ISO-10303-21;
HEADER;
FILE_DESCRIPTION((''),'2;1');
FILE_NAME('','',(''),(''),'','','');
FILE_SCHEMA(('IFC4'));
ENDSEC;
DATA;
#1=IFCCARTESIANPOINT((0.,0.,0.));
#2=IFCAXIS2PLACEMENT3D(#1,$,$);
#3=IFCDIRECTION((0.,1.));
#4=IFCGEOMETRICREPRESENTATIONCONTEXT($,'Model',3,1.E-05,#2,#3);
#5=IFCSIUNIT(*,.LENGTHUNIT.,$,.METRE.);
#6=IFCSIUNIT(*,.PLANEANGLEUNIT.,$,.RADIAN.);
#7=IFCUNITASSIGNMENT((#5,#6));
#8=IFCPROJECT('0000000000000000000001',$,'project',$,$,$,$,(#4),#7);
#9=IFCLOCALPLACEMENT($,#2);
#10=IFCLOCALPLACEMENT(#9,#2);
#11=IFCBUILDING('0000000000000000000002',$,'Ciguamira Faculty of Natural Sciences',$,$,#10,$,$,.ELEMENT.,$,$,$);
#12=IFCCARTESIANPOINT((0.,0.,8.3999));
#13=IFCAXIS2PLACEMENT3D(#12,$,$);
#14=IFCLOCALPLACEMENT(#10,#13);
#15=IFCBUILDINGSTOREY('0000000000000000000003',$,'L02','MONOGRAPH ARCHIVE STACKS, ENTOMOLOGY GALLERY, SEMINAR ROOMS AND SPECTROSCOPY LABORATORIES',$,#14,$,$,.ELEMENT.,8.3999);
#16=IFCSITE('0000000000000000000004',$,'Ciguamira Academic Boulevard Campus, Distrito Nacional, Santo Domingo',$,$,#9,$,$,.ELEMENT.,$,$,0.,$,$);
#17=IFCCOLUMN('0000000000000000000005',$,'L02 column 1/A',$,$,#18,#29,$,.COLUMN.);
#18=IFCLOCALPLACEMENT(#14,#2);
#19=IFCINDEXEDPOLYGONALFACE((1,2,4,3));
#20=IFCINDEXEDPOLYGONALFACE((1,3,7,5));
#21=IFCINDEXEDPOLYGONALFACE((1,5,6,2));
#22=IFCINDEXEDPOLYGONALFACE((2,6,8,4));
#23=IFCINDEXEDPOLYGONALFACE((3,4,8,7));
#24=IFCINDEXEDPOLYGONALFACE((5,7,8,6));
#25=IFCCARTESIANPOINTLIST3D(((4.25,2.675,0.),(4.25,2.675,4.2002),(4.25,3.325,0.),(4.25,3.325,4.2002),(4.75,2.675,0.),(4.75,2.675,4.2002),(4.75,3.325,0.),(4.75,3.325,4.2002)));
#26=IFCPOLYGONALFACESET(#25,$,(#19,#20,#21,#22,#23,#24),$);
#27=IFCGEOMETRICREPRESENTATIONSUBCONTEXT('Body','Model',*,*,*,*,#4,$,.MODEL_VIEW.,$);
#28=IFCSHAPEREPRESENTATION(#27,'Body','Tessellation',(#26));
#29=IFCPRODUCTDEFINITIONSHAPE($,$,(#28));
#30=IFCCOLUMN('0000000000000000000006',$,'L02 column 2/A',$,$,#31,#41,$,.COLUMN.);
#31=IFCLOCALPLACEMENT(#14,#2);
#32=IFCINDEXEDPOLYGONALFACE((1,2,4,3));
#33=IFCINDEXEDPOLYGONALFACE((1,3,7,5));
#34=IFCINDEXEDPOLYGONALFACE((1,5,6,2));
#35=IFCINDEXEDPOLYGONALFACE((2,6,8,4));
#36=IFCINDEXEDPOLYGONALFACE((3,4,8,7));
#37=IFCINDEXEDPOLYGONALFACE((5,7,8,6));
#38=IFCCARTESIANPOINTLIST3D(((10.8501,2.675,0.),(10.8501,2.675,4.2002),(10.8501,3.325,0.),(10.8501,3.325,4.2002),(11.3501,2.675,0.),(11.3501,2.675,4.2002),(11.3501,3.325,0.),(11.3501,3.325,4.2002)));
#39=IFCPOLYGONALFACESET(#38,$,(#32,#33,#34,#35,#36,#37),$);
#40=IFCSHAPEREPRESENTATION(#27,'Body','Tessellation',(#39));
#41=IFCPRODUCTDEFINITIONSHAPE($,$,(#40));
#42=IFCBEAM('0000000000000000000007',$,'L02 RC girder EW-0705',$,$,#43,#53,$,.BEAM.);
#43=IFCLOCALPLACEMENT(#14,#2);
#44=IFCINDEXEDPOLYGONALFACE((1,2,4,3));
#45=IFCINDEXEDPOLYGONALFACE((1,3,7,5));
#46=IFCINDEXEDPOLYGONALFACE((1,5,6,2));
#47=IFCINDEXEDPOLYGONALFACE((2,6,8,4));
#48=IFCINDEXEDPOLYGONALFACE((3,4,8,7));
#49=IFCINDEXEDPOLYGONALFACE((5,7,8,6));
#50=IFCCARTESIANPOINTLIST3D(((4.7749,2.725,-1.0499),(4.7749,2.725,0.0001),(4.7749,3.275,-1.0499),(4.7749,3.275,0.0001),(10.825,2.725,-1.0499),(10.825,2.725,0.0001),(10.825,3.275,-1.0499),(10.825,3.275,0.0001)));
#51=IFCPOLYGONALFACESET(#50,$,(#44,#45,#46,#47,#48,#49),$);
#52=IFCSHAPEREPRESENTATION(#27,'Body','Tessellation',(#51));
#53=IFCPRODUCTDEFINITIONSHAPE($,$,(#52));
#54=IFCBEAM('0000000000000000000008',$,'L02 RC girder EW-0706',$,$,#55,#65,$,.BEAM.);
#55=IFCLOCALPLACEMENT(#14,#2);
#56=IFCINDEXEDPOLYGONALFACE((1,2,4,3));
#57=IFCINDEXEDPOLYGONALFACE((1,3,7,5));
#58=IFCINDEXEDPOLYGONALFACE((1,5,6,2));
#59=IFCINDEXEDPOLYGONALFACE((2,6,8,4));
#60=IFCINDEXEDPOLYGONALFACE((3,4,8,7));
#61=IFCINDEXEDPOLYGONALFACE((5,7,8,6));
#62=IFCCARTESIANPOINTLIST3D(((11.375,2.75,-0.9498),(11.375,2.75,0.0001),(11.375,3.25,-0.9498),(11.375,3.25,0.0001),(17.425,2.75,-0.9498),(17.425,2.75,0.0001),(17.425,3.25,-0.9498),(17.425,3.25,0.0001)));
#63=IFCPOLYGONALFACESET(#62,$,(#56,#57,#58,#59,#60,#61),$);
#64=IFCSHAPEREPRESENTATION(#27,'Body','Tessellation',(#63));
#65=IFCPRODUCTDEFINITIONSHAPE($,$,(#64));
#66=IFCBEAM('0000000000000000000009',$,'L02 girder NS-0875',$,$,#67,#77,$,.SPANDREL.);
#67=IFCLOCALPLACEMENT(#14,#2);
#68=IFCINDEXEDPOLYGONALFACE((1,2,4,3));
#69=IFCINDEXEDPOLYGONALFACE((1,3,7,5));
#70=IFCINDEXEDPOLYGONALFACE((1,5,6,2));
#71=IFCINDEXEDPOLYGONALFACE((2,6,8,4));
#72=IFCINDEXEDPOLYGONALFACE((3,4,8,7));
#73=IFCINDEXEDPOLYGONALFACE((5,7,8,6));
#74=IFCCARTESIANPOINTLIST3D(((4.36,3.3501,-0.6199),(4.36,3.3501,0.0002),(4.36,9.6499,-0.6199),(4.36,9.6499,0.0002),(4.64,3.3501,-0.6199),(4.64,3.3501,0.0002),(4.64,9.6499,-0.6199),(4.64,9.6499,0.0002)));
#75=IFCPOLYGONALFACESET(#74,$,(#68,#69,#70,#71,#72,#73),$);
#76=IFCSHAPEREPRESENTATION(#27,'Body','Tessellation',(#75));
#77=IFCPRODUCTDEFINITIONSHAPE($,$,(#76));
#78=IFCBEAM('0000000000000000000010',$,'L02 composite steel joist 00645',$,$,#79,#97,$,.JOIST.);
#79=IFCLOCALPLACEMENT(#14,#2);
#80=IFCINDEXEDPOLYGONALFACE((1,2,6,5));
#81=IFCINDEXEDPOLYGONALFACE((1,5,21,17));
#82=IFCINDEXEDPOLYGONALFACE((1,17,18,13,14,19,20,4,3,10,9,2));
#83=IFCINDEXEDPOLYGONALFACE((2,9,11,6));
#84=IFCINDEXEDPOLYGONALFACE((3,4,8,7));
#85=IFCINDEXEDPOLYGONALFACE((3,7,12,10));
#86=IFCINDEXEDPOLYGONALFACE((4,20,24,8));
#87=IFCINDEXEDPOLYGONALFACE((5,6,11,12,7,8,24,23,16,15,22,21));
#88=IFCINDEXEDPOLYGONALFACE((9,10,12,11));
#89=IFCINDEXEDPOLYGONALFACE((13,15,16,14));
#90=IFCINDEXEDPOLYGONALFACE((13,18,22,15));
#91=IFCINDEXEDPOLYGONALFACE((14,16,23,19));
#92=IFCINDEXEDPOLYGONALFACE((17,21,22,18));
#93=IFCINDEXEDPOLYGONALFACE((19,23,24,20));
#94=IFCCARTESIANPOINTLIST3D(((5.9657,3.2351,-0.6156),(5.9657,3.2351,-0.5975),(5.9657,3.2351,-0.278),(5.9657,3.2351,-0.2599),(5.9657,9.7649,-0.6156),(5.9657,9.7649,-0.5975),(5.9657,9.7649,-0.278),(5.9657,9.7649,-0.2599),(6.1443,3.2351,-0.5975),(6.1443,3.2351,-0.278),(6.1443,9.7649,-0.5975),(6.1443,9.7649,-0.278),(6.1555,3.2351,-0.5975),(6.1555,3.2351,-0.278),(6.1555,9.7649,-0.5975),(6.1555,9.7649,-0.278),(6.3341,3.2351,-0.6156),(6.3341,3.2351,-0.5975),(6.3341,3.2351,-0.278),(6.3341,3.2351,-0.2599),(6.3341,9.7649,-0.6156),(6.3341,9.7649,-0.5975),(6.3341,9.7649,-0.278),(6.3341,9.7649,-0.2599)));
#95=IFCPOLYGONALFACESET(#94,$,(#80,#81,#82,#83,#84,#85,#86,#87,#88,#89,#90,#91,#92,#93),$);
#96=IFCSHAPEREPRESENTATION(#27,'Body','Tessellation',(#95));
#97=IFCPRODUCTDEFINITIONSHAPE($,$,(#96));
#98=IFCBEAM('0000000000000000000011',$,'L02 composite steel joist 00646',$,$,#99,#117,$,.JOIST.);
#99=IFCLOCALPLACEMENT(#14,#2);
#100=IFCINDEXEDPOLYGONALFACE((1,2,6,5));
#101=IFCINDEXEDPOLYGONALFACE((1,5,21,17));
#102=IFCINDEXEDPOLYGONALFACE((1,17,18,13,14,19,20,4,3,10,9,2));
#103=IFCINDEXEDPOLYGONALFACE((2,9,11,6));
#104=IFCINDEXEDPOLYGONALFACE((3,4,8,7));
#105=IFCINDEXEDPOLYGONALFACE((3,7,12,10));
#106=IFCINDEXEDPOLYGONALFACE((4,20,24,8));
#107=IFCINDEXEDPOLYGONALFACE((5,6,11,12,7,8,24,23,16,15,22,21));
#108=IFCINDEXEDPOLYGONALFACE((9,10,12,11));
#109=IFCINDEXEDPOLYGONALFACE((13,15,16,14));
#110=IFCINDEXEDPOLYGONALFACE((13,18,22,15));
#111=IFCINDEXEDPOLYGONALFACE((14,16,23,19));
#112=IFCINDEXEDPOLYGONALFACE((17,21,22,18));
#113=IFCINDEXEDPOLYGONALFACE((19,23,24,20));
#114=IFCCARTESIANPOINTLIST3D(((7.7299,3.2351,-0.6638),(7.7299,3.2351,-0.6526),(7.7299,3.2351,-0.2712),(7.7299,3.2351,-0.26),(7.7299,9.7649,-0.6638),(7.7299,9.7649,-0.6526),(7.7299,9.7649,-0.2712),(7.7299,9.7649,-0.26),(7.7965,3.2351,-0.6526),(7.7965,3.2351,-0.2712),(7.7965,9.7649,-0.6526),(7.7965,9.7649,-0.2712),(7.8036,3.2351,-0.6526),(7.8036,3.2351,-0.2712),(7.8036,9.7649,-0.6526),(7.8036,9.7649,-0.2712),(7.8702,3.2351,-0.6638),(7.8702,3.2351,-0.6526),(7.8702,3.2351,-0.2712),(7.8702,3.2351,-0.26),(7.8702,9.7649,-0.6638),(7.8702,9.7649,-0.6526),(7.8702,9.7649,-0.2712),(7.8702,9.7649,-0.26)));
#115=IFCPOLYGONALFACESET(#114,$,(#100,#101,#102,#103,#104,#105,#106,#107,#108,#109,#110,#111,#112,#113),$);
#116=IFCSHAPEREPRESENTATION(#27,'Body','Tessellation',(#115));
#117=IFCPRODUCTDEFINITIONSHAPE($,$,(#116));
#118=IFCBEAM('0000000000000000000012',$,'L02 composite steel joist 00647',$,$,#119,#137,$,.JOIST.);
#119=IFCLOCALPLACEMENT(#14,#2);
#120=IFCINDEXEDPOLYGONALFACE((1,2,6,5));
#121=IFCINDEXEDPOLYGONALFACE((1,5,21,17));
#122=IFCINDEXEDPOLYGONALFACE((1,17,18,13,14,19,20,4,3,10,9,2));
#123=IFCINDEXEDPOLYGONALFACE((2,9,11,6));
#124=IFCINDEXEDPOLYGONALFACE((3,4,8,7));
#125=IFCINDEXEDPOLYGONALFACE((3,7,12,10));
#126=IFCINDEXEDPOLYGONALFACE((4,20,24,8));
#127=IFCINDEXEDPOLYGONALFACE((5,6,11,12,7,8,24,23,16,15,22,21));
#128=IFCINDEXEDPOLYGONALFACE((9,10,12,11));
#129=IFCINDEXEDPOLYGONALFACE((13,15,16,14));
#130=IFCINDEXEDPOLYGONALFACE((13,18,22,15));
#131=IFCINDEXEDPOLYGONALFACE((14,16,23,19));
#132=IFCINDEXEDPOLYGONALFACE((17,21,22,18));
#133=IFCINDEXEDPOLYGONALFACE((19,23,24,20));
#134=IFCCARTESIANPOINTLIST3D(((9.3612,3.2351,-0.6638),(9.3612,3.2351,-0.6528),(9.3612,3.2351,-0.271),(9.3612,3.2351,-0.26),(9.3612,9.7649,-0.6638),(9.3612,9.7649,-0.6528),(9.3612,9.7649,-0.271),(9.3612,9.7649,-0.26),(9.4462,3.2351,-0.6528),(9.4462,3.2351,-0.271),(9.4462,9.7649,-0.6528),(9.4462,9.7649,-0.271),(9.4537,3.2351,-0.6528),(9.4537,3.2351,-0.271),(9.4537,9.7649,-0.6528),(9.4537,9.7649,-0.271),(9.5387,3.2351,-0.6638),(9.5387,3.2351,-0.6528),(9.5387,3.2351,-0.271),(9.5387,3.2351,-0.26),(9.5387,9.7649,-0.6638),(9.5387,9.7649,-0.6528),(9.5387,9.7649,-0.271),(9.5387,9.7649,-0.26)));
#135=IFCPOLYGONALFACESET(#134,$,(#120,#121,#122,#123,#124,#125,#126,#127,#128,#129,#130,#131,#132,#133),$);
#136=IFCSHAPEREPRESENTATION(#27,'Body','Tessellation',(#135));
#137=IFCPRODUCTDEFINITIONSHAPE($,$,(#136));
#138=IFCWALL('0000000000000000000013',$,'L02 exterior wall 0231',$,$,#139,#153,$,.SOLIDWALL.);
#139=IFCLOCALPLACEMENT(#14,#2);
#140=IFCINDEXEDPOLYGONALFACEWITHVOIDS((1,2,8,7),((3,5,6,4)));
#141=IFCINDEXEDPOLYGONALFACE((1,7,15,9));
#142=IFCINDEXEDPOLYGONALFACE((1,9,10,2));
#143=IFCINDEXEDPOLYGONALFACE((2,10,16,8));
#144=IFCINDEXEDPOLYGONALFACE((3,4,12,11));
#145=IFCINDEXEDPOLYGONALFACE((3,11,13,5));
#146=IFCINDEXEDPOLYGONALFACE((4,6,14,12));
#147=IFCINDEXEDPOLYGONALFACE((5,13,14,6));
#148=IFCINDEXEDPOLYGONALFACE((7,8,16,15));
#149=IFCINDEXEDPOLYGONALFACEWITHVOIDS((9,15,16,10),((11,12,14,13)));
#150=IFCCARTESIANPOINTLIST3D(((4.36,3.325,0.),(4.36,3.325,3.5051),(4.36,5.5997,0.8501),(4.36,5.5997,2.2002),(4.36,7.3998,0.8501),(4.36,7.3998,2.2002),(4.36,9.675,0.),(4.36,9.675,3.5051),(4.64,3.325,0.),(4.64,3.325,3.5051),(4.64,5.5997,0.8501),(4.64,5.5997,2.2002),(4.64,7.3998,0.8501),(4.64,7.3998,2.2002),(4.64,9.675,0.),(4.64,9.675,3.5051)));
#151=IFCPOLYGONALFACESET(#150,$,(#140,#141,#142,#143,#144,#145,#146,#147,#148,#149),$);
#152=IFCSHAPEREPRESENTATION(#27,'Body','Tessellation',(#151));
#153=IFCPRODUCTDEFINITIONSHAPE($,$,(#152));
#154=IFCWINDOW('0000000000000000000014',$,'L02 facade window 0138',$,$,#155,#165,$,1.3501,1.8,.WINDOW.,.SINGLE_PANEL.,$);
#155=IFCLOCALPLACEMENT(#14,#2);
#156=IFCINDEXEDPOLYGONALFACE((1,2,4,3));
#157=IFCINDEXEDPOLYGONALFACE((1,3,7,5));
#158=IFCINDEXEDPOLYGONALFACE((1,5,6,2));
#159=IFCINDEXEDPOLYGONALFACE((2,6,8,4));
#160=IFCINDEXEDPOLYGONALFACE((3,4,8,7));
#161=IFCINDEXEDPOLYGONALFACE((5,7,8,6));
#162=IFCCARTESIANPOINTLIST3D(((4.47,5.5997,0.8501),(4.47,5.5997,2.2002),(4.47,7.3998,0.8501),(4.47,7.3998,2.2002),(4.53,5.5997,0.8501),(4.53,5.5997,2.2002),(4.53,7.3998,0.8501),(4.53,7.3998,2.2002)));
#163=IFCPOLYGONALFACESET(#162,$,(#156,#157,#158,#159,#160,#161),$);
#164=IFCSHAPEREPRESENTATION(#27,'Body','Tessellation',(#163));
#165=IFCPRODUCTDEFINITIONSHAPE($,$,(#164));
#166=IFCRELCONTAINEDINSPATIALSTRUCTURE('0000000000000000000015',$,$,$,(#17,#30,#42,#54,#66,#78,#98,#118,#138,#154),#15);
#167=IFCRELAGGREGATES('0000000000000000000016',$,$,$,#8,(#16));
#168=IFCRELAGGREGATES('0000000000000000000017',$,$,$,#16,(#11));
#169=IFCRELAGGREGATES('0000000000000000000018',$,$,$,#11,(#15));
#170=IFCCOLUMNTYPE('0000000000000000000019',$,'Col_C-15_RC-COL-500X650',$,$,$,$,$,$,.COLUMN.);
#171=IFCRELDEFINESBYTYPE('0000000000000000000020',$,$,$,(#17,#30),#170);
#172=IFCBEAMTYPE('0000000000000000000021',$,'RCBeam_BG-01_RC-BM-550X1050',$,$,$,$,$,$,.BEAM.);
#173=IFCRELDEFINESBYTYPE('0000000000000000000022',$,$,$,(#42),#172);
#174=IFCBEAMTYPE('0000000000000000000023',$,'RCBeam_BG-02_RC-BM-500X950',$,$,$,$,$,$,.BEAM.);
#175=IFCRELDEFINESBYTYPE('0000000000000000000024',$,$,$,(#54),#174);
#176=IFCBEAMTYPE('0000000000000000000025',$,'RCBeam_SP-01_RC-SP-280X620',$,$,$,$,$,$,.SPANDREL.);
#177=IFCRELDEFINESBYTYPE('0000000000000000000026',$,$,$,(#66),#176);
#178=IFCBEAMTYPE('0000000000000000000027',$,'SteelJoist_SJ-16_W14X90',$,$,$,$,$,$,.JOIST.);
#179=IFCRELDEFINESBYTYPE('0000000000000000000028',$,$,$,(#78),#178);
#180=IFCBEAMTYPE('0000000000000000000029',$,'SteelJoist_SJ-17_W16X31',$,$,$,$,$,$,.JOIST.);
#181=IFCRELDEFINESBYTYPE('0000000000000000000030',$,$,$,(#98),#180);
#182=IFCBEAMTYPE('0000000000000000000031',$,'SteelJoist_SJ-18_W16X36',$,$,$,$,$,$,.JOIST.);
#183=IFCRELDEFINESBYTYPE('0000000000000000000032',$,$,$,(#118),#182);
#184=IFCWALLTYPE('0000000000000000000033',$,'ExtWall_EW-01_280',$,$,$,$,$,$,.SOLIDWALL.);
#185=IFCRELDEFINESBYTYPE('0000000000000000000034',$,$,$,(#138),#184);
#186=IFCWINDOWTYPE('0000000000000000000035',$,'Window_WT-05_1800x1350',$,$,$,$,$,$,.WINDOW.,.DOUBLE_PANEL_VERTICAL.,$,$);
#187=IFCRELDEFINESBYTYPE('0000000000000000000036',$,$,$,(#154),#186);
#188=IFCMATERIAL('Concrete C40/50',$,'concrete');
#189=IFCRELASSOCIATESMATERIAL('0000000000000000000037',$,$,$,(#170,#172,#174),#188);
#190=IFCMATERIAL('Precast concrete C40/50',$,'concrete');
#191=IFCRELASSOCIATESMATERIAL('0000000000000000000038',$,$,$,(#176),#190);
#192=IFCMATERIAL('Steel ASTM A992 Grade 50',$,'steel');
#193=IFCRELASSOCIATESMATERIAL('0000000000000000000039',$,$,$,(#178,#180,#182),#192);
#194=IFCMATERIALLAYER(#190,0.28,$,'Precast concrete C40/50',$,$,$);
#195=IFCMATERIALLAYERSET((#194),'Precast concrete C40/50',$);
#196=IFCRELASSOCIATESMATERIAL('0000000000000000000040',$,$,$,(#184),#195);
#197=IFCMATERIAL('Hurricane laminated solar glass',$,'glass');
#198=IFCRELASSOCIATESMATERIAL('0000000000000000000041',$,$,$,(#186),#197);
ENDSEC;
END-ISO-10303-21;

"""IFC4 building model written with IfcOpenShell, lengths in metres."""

from ifc_helpers import new_model, si_unit, direction, frame, frame_2d, origin, origin_2d, place, context, subcontext, project, spatial, rectangle, i_section, extrude, material, layer, layer_set, material_profile, profile_set, type_object, element, fill, save


model = new_model("IFC4")

# Units and contexts
model_context = context("Model", 3, precision=1e-05, world=origin(), true_north=direction((0.0, 1.0)))
body_context = subcontext(model_context, "Body", "Model", "MODEL_VIEW")
ifc_project = project(units=[si_unit("LENGTHUNIT", "METRE"), si_unit("PLANEANGLEUNIT", "RADIAN")], contexts=[model_context])

# Site, building, storey
site_placement = place(None, origin())
site = spatial("IfcSite", under=ifc_project, at=site_placement, Name="Ciguamira Academic Boulevard Campus, Distrito Nacional, Santo Domingo", CompositionType="ELEMENT", RefElevation=0.0)
building_placement = place(site_placement, origin())
building = spatial("IfcBuilding", under=site, at=building_placement, Name="Ciguamira Faculty of Natural Sciences", CompositionType="ELEMENT")
storey_placement = place(building_placement, frame((0.0, 0.0, 8.3999)))
storey = spatial("IfcBuildingStorey", under=building, at=storey_placement, Name="L02", Description="MONOGRAPH ARCHIVE STACKS, ENTOMOLOGY GALLERY, SEMINAR ROOMS AND SPECTROSCOPY LABORATORIES", CompositionType="ELEMENT", Elevation=8.3999)

# Columns
ifc_material_1 = material(Name="Concrete C40/50", Category="concrete")
ifc_material_profile_1 = material_profile(ifc_material_1, rectangle(XDim=0.5, YDim=0.6499, at=origin_2d()), Name="RC-COL-500X650")
ifc_profile_set_1 = profile_set([ifc_material_profile_1], Name="Concrete C40/50")
column_type = type_object("IfcColumnType", Name="Col_C-15_RC-COL-500X650", PredefinedType="COLUMN", material=ifc_profile_set_1)
for number, where, z_axis, x_axis, name in (
    (1, (4.5, 3.0, 0.0), (0.0, 0.0, 1.0), (1.0, 0.0, 0.0), "L02 column 1/A"),
    (2, (11.1001, 3.0, 0.0), (0.0, 0.0, 1.0), (1.0, 0.0, 0.0), "L02 column 2/A"),
):
    element("IfcColumn", number, at=place(storey_placement, frame(where, z_axis=z_axis, x_axis=x_axis)), inside=storey, type_object=column_type, Name=name, PredefinedType="COLUMN", context=body_context, shape_type="SweptSolid", body=[
        extrude(rectangle(XDim=0.5, YDim=0.6499, at=origin_2d()), origin(), (0.0, 0.0, 1.0), 4.2002),
    ])

# Beams
ifc_material_profile_2 = material_profile(ifc_material_1, rectangle(XDim=0.55, YDim=1.05, at=origin_2d()), Name="RC-BM-550X1050")
ifc_profile_set_2 = profile_set([ifc_material_profile_2], Name="Concrete C40/50")
beam_type_1 = type_object("IfcBeamType", Name="RCBeam_BG-01_RC-BM-550X1050", PredefinedType="BEAM", material=ifc_profile_set_2)
beam_1_placement = place(storey_placement, frame((4.7749, 3.0, -0.5249), z_axis=(1.0, 0.0, 0.0), x_axis=(0.0, 1.0, 0.0)))
element("IfcBeam", 3, at=beam_1_placement, inside=storey, type_object=beam_type_1, Name="L02 RC girder EW-0705", PredefinedType="BEAM", context=body_context, shape_type="SweptSolid", body=[
    extrude(rectangle(XDim=0.55, YDim=1.05, at=origin_2d()), origin(), (0.0, 0.0, 1.0), 6.05),
])
ifc_material_profile_3 = material_profile(ifc_material_1, rectangle(XDim=0.5, YDim=0.95, at=origin_2d()), Name="RC-BM-500X950")
ifc_profile_set_3 = profile_set([ifc_material_profile_3], Name="Concrete C40/50")
beam_type_2 = type_object("IfcBeamType", Name="RCBeam_BG-02_RC-BM-500X950", PredefinedType="BEAM", material=ifc_profile_set_3)
beam_2_placement = place(storey_placement, frame((11.375, 3.0, -0.4749), z_axis=(1.0, 0.0, 0.0), x_axis=(0.0, 1.0, 0.0)))
element("IfcBeam", 4, at=beam_2_placement, inside=storey, type_object=beam_type_2, Name="L02 RC girder EW-0706", PredefinedType="BEAM", context=body_context, shape_type="SweptSolid", body=[
    extrude(rectangle(XDim=0.5, YDim=0.95, at=origin_2d()), origin(), (0.0, 0.0, 1.0), 6.05),
])
ifc_material_2 = material(Name="Precast concrete C40/50", Category="concrete")
ifc_material_profile_4 = material_profile(ifc_material_2, rectangle(XDim=0.28, YDim=0.6201, at=origin_2d()), Name="RC-SP-280X620")
ifc_profile_set_4 = profile_set([ifc_material_profile_4], Name="Precast concrete C40/50")
beam_type_3 = type_object("IfcBeamType", Name="RCBeam_SP-01_RC-SP-280X620", PredefinedType="SPANDREL", material=ifc_profile_set_4)
beam_3_placement = place(storey_placement, frame((4.5, 3.3501, -0.3098), z_axis=(0.0, 1.0, 0.0), x_axis=(-1.0, 0.0, 0.0)))
element("IfcBeam", 5, at=beam_3_placement, inside=storey, type_object=beam_type_3, Name="L02 girder NS-0875", PredefinedType="SPANDREL", context=body_context, shape_type="SweptSolid", body=[
    extrude(rectangle(XDim=0.28, YDim=0.6201, at=origin_2d()), origin(), (0.0, 0.0, 1.0), 6.2998),
])
ifc_material_3 = material(Name="Steel ASTM A992 Grade 50", Category="steel")
ifc_material_profile_5 = material_profile(ifc_material_3, i_section(OverallWidth=0.3684, OverallDepth=0.3557, WebThickness=0.0112, FlangeThickness=0.0181, at=origin_2d()), Name="W14X90")
ifc_profile_set_5 = profile_set([ifc_material_profile_5], Name="Steel ASTM A992 Grade 50")
beam_type_4 = type_object("IfcBeamType", Name="SteelJoist_SJ-16_W14X90", PredefinedType="JOIST", material=ifc_profile_set_5)
beam_4_placement = place(storey_placement, frame((6.1499, 3.2351, -0.4377), z_axis=(0.0, 1.0, 0.0), x_axis=(-1.0, 0.0, 0.0)))
element("IfcBeam", 6, at=beam_4_placement, inside=storey, type_object=beam_type_4, Name="L02 composite steel joist 00645", PredefinedType="JOIST", context=body_context, shape_type="SweptSolid", body=[
    extrude(i_section(OverallWidth=0.3684, OverallDepth=0.3557, WebThickness=0.0112, FlangeThickness=0.0181, at=origin_2d()), origin(), (0.0, 0.0, 1.0), 6.5298),
])
ifc_material_profile_6 = material_profile(ifc_material_3, i_section(OverallWidth=0.1404, OverallDepth=0.4038, WebThickness=0.0071, FlangeThickness=0.0112, at=origin_2d()), Name="W16X31")
ifc_profile_set_6 = profile_set([ifc_material_profile_6], Name="Steel ASTM A992 Grade 50")
beam_type_5 = type_object("IfcBeamType", Name="SteelJoist_SJ-17_W16X31", PredefinedType="JOIST", material=ifc_profile_set_6)
beam_5_placement = place(storey_placement, frame((7.8, 3.2351, -0.4619), z_axis=(0.0, 1.0, 0.0), x_axis=(-1.0, 0.0, 0.0)))
element("IfcBeam", 7, at=beam_5_placement, inside=storey, type_object=beam_type_5, Name="L02 composite steel joist 00646", PredefinedType="JOIST", context=body_context, shape_type="SweptSolid", body=[
    extrude(i_section(OverallWidth=0.1404, OverallDepth=0.4038, WebThickness=0.0071, FlangeThickness=0.0112, at=origin_2d()), origin(), (0.0, 0.0, 1.0), 6.5298),
])
ifc_material_profile_7 = material_profile(ifc_material_3, i_section(OverallWidth=0.1775, OverallDepth=0.4038, WebThickness=0.0076, FlangeThickness=0.011, at=origin_2d()), Name="W16X36")
ifc_profile_set_7 = profile_set([ifc_material_profile_7], Name="Steel ASTM A992 Grade 50")
beam_type_6 = type_object("IfcBeamType", Name="SteelJoist_SJ-18_W16X36", PredefinedType="JOIST", material=ifc_profile_set_7)
beam_6_placement = place(storey_placement, frame((9.45, 3.2351, -0.4619), z_axis=(0.0, 1.0, 0.0), x_axis=(-1.0, 0.0, 0.0)))
element("IfcBeam", 8, at=beam_6_placement, inside=storey, type_object=beam_type_6, Name="L02 composite steel joist 00647", PredefinedType="JOIST", context=body_context, shape_type="SweptSolid", body=[
    extrude(i_section(OverallWidth=0.1775, OverallDepth=0.4038, WebThickness=0.0076, FlangeThickness=0.011, at=origin_2d()), origin(), (0.0, 0.0, 1.0), 6.5298),
])

# Wall, opening, window
ifc_layer_1 = layer(ifc_material_2, 0.28, Name="Precast concrete C40/50")
ifc_layer_set_1 = layer_set([ifc_layer_1], Name="Precast concrete C40/50")
wall_type_1 = type_object("IfcWallType", Name="ExtWall_EW-01_280", PredefinedType="SOLIDWALL", material=ifc_layer_set_1)
wall_1_placement = place(storey_placement, frame((4.5, 3.325, 0.0), z_axis=(0.0, 0.0, 1.0), x_axis=(0.0, 1.0, 0.0)))
wall_1 = element("IfcWall", 9, at=wall_1_placement, inside=storey, type_object=wall_type_1, Name="L02 exterior wall 0231", PredefinedType="SOLIDWALL", context=body_context, shape_type="SweptSolid", body=[
    extrude(rectangle(XDim=6.3501, YDim=0.28, at=frame_2d((3.175, 0.0))), origin(), (0.0, 0.0, 1.0), 3.5051),
])
opening_placement = place(wall_1_placement, frame((2.2749, 0.0, 0.8501)))
opening = element("IfcOpeningElement", 10, at=opening_placement, cuts=wall_1, PredefinedType="OPENING", context=body_context, shape_type="SweptSolid", body=[
    extrude(rectangle(XDim=1.8, YDim=1.3501, at=frame_2d((0.8999, 0.675))), frame((0.0, 0.1499, 0.0), z_axis=(0.0, -1.0, 0.0), x_axis=(1.0, 0.0, 0.0)), (0.0, 0.0, 1.0), 0.3),
])
ifc_material_4 = material(Name="Hurricane laminated solar glass", Category="glass")
window_type = type_object("IfcWindowType", Name="Window_WT-05_1800x1350", PartitioningType="DOUBLE_PANEL_VERTICAL", PredefinedType="WINDOW", material=ifc_material_4)
window_placement = place(opening_placement, origin())
window = element("IfcWindow", 11, at=window_placement, inside=storey, type_object=window_type, Name="L02 facade window 0138", OverallHeight=1.3501, OverallWidth=1.8, PartitioningType="SINGLE_PANEL", PredefinedType="WINDOW", context=body_context, shape_type="SweptSolid", body=[
    extrude(rectangle(XDim=1.8, YDim=1.3501, at=frame_2d((0.8999, 0.675))), frame((0.0, 0.03, 0.0), z_axis=(0.0, -1.0, 0.0), x_axis=(1.0, 0.0, 0.0)), (0.0, 0.0, 1.0), 0.0601),
])
fill(opening, window)

save(model, "model.ifc")
